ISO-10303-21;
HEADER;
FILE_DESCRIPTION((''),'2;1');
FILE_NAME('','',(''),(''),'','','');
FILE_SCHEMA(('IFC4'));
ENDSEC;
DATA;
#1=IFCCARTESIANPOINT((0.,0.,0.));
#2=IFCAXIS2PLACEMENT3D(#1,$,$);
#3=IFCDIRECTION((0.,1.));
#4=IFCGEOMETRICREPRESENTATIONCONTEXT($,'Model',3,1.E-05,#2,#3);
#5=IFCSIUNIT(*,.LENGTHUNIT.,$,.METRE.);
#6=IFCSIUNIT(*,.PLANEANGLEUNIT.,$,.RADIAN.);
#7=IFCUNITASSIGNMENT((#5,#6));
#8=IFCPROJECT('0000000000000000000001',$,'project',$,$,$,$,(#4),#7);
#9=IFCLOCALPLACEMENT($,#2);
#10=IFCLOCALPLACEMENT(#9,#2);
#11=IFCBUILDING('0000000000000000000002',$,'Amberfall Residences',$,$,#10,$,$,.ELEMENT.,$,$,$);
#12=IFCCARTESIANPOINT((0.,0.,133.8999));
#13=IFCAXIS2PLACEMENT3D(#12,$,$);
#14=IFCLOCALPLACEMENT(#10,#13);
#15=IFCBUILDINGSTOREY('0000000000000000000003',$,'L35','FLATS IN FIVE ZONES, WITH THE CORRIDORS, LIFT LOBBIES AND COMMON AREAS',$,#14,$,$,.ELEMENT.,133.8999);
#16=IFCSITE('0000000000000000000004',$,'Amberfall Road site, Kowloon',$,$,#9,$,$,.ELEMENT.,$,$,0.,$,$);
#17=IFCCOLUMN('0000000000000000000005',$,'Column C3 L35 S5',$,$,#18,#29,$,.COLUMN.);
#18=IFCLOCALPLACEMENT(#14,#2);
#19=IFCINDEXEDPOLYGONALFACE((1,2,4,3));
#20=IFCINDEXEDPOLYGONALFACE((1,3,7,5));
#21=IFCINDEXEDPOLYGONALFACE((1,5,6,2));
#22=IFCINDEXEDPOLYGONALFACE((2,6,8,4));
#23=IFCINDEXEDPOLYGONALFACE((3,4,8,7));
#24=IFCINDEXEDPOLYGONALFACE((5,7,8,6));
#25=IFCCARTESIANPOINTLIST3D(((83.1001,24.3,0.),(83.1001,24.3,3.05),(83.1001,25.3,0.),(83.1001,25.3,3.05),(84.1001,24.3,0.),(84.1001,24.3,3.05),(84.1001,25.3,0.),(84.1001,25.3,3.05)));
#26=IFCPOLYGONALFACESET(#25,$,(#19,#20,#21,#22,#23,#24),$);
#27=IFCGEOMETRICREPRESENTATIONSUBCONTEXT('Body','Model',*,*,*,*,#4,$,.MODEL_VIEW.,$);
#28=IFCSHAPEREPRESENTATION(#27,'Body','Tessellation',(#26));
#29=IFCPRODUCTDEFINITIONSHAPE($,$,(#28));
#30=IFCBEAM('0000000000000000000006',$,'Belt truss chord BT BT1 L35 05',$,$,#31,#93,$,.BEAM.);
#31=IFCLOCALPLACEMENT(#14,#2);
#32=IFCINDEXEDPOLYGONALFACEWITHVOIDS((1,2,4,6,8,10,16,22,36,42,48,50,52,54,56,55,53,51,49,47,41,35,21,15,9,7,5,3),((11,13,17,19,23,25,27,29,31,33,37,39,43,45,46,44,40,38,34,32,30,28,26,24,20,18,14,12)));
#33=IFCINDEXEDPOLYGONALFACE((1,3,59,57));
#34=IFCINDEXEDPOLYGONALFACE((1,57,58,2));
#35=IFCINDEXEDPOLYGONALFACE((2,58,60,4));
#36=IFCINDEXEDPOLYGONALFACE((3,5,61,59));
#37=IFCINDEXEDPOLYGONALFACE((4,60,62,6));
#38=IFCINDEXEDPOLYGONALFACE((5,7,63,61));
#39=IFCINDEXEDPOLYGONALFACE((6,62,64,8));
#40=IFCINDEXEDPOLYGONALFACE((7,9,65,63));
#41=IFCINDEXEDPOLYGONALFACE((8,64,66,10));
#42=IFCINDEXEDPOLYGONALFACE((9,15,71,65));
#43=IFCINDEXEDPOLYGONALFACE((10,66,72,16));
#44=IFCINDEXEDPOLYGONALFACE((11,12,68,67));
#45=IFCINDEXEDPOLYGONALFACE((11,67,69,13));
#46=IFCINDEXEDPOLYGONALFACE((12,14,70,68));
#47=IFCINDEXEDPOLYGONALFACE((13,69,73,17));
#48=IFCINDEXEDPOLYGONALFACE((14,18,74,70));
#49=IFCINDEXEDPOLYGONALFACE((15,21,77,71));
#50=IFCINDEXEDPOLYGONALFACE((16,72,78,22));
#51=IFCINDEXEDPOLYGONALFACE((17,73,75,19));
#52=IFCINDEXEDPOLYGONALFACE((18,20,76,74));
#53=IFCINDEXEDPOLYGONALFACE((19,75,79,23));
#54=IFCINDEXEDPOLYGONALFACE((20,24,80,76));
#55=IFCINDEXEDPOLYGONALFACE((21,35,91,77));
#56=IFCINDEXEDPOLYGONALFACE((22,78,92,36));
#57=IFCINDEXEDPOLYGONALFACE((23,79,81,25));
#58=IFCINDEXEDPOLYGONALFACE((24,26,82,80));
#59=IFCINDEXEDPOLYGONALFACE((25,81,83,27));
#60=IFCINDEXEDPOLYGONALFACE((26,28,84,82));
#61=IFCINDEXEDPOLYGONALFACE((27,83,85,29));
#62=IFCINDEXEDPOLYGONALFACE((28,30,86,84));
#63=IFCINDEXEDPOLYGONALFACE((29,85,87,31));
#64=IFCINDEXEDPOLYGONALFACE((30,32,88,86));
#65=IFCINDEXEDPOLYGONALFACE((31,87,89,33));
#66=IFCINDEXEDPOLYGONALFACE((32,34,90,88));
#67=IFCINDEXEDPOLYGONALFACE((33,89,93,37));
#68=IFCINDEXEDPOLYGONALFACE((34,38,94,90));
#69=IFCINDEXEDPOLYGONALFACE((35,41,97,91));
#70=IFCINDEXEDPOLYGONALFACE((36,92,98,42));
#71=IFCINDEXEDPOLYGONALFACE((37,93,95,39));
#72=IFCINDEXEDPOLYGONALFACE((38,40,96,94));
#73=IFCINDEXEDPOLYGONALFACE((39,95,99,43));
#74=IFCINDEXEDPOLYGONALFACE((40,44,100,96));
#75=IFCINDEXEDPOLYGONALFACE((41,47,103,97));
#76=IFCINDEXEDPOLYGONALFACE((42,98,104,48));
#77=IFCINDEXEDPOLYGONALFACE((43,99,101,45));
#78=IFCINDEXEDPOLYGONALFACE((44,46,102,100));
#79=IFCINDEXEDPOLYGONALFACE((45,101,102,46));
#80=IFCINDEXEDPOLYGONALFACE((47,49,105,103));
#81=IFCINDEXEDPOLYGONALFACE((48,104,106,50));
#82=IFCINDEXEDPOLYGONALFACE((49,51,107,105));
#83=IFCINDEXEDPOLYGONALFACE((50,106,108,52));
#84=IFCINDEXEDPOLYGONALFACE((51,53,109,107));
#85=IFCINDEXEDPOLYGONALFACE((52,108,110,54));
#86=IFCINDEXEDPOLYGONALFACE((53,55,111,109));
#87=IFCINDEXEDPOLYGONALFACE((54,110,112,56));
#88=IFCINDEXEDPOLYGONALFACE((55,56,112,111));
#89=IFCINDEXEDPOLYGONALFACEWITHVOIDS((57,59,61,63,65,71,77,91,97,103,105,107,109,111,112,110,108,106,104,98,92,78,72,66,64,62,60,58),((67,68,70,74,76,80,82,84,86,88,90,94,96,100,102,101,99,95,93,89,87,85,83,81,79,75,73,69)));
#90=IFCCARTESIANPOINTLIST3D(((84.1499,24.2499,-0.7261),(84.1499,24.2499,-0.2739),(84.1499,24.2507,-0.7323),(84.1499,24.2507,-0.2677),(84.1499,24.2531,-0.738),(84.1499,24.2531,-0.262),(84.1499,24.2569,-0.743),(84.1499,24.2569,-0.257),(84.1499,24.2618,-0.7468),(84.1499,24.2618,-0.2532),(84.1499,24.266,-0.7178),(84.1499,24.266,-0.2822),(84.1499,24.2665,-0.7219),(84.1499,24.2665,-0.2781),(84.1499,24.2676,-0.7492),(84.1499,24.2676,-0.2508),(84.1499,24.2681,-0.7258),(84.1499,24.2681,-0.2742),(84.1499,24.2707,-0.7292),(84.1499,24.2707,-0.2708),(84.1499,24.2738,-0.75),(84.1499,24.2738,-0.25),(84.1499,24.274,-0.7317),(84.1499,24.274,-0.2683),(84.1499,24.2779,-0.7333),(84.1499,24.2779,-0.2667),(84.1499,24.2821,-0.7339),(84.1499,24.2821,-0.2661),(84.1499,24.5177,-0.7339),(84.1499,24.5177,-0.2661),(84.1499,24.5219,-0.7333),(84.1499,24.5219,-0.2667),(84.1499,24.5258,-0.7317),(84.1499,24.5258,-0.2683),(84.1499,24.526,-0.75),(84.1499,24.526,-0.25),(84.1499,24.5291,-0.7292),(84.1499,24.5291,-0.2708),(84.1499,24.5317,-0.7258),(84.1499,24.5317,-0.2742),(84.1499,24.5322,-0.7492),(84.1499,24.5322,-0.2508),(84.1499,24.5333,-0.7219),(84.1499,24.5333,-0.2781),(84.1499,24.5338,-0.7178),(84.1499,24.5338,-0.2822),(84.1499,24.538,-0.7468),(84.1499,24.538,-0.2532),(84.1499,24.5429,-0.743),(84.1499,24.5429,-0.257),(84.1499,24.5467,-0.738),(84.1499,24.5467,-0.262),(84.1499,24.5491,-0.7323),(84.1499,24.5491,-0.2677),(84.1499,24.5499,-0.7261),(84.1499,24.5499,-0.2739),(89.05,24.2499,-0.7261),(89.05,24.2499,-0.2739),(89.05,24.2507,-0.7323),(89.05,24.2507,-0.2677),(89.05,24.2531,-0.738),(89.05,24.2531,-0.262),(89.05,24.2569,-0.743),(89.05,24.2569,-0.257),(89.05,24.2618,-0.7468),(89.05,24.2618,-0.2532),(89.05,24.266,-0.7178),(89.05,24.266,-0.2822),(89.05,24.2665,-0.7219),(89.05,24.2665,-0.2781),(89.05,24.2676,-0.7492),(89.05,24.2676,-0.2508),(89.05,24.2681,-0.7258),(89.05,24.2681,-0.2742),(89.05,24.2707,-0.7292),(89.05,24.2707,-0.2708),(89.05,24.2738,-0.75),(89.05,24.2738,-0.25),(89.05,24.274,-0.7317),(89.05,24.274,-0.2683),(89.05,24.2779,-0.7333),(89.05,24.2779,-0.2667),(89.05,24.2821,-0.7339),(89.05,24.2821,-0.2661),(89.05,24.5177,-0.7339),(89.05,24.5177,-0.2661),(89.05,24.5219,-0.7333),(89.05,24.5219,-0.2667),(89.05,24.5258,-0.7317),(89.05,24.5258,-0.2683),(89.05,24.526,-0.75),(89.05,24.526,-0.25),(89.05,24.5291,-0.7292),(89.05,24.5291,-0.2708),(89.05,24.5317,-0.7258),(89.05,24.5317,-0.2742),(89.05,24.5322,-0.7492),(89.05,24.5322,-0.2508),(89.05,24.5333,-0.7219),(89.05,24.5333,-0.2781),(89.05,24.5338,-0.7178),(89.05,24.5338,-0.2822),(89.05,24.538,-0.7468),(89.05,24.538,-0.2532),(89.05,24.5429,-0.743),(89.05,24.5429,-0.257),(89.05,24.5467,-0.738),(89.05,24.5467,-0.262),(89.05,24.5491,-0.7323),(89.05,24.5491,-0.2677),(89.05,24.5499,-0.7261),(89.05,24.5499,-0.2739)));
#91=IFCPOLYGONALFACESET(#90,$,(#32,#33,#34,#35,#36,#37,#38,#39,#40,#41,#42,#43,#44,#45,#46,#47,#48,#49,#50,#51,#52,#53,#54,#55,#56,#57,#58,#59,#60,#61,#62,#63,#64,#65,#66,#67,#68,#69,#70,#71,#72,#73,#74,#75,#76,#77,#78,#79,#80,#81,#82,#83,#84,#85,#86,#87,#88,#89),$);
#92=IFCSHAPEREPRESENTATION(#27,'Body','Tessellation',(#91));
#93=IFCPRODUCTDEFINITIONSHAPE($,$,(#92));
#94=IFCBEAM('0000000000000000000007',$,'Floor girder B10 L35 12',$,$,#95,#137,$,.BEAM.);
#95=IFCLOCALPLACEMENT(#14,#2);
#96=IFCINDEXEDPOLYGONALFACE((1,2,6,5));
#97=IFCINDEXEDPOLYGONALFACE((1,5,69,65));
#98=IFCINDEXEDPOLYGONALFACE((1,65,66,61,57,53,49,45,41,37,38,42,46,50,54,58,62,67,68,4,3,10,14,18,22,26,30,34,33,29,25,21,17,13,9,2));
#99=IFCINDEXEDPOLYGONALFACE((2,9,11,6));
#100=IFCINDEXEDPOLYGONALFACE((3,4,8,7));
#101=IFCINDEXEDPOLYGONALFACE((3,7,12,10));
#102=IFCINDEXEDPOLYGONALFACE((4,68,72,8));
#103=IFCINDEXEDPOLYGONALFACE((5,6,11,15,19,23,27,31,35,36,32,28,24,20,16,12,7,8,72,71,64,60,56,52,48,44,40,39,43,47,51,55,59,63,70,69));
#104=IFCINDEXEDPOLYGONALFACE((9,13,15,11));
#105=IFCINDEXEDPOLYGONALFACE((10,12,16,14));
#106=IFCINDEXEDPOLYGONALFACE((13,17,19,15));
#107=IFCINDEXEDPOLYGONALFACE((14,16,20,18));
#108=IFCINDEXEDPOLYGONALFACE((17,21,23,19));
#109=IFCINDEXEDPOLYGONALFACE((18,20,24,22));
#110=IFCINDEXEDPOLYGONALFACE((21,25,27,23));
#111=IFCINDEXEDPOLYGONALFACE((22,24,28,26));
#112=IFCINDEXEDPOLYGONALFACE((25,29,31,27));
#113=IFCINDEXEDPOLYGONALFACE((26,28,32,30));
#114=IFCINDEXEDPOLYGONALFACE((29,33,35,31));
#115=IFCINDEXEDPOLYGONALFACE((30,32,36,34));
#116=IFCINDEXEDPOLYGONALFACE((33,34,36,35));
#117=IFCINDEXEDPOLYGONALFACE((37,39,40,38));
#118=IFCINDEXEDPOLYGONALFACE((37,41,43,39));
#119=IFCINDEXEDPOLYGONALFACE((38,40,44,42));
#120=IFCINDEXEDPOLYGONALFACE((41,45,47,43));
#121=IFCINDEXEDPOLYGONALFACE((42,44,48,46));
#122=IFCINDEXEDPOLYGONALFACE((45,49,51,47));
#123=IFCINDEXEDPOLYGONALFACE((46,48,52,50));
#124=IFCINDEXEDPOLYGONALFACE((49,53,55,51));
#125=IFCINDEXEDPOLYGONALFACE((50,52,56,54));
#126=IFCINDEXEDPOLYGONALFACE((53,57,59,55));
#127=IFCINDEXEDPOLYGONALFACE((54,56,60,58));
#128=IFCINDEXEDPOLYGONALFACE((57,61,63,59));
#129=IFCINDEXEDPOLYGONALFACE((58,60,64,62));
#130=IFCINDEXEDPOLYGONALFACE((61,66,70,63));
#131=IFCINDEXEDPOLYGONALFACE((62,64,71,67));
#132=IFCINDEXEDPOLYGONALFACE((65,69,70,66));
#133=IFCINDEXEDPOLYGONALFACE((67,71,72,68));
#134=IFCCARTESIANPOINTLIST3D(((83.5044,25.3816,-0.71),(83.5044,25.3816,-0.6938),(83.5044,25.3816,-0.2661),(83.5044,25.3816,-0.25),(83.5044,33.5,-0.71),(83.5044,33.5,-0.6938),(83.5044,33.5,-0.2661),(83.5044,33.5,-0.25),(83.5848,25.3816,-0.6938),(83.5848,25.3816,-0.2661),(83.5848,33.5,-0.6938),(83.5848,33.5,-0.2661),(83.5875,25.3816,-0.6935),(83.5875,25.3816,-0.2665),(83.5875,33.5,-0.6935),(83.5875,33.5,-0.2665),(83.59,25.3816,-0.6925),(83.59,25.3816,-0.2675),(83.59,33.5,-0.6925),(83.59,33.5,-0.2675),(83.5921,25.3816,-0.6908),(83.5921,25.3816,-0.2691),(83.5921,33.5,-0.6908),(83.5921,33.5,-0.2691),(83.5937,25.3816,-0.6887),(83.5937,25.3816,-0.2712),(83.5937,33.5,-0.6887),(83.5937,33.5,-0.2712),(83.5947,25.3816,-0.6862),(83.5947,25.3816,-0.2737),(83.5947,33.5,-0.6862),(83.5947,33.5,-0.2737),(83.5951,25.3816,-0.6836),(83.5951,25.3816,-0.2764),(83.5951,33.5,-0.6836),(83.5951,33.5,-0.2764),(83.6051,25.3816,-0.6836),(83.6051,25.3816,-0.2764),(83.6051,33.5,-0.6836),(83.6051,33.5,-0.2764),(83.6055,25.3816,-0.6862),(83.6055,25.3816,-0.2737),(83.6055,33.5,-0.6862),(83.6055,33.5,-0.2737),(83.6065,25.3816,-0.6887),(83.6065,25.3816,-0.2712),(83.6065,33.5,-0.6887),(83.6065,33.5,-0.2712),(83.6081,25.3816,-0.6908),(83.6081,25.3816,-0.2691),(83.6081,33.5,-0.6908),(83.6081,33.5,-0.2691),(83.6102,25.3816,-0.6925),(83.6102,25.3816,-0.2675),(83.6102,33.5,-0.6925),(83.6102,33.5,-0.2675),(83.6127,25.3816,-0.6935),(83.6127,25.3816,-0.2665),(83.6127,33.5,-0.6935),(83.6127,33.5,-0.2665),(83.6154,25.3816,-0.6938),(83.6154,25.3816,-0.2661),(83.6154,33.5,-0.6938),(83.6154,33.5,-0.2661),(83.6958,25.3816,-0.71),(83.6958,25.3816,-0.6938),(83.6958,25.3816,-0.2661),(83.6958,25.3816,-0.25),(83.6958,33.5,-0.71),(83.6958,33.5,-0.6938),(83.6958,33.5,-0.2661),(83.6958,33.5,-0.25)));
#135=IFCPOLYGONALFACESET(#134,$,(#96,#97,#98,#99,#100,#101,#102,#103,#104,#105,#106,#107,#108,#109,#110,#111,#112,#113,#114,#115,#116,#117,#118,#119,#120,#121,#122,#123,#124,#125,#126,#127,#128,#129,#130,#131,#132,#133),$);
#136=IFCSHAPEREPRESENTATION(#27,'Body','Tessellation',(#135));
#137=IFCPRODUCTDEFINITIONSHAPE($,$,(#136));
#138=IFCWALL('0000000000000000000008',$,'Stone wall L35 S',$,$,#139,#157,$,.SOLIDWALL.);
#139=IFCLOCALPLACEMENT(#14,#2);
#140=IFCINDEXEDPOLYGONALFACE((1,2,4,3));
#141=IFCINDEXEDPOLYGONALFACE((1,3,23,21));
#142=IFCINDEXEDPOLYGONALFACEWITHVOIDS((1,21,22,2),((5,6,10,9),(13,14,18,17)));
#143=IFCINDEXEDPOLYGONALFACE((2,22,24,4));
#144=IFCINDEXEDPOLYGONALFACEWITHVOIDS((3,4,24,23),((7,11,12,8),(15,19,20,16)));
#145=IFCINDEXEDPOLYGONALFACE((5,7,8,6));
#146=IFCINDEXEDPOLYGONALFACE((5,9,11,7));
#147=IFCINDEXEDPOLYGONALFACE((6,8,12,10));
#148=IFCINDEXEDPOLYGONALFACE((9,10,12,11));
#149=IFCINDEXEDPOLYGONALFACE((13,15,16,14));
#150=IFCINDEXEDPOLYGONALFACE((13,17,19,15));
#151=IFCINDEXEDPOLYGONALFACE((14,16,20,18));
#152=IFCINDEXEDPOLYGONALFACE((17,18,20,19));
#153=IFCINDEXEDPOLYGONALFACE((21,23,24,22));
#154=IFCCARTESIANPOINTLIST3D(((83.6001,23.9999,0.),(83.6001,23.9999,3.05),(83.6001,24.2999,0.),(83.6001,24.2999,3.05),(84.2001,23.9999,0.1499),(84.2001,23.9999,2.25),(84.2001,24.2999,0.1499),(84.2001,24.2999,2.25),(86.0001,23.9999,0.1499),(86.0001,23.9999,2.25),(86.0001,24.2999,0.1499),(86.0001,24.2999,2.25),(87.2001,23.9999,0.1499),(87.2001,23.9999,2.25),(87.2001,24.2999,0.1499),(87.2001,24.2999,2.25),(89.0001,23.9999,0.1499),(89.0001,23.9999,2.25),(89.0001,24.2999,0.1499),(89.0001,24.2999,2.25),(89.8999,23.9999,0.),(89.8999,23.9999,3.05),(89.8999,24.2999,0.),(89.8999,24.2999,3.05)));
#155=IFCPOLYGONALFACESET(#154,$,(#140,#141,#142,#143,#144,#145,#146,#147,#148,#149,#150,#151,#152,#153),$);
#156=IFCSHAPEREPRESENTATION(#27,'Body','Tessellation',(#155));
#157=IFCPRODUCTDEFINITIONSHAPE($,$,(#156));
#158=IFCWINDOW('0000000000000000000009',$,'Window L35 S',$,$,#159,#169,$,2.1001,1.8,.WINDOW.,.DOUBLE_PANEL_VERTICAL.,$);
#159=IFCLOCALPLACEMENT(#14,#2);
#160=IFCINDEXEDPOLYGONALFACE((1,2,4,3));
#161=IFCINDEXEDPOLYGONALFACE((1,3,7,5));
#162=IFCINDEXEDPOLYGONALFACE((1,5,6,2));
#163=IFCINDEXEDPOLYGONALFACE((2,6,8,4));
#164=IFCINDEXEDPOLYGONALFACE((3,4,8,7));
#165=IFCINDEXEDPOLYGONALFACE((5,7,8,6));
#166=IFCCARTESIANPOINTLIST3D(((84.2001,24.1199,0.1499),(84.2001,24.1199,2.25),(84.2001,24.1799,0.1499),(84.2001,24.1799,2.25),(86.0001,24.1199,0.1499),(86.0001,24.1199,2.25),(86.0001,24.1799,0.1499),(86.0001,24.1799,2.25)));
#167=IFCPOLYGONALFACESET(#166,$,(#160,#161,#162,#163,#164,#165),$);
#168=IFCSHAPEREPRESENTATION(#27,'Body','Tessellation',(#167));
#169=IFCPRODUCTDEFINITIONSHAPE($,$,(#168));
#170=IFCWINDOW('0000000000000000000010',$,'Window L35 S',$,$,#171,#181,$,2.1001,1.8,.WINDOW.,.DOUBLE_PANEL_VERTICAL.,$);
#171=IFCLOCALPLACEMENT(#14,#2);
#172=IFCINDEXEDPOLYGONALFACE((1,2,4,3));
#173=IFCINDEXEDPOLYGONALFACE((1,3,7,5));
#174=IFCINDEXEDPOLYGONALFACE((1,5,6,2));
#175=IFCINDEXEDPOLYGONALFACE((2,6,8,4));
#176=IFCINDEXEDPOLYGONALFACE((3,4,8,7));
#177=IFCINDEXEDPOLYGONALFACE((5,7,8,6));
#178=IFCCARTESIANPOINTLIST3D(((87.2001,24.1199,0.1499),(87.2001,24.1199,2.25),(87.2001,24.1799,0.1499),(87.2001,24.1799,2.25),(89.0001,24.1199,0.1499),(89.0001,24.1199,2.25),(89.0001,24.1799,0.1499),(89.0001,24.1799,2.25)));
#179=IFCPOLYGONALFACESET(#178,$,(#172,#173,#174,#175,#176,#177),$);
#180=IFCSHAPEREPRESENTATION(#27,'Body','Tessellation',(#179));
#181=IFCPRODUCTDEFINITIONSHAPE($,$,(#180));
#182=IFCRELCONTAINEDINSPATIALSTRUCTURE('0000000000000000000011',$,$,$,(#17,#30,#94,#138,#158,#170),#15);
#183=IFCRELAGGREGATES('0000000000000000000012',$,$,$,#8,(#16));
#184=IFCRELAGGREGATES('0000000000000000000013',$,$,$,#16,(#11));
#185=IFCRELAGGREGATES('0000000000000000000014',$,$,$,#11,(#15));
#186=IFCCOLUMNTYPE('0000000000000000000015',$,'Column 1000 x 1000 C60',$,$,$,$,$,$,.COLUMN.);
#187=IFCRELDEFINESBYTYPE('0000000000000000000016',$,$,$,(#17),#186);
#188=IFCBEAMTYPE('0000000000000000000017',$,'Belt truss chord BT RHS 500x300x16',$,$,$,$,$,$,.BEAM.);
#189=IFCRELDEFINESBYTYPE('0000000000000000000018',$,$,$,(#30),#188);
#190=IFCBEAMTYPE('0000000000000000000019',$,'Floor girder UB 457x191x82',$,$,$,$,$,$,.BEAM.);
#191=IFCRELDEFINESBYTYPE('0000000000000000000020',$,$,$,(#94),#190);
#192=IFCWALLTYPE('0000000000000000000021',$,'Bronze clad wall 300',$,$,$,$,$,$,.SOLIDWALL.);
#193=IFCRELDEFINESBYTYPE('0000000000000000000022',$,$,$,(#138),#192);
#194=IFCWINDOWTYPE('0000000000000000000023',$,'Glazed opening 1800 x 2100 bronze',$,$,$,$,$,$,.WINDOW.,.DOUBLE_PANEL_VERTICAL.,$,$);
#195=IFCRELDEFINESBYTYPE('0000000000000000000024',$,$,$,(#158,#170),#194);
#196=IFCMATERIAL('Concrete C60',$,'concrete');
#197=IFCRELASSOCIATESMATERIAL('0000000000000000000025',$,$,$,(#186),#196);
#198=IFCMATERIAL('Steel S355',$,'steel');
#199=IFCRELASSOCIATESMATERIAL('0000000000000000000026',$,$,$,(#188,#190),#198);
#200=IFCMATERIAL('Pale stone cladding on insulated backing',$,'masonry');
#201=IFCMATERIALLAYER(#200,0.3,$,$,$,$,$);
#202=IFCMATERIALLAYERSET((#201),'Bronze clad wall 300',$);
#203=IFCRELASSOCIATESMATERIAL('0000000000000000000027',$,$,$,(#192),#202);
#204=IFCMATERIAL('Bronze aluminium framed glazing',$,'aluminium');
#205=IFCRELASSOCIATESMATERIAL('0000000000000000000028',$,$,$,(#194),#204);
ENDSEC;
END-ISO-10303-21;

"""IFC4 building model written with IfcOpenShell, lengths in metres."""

from ifc_helpers import new_model, si_unit, direction, frame, frame_2d, origin, origin_2d, place, context, subcontext, project, spatial, rectangle, hollow_rectangle, i_section, extrude, material, layer, layer_set, material_profile, profile_set, type_object, element, fill, save


model = new_model("IFC4")

# Units and contexts
model_context = context("Model", 3, precision=1e-05, world=origin(), true_north=direction((0.0, 1.0)))
body_context = subcontext(model_context, "Body", "Model", "MODEL_VIEW")
ifc_project = project(units=[si_unit("LENGTHUNIT", "METRE"), si_unit("PLANEANGLEUNIT", "RADIAN")], contexts=[model_context])

# Site, building, storey
site_placement = place(None, origin())
site = spatial("IfcSite", under=ifc_project, at=site_placement, Name="Amberfall Road site, Kowloon", CompositionType="ELEMENT", RefElevation=0.0)
building_placement = place(site_placement, origin())
building = spatial("IfcBuilding", under=site, at=building_placement, Name="Amberfall Residences", CompositionType="ELEMENT")
storey_placement = place(building_placement, frame((0.0, 0.0, 133.8999)))
storey = spatial("IfcBuildingStorey", under=building, at=storey_placement, Name="L35", Description="FLATS IN FIVE ZONES, WITH THE CORRIDORS, LIFT LOBBIES AND COMMON AREAS", CompositionType="ELEMENT", Elevation=133.8999)

# Column
ifc_material_1 = material(Name="Concrete C60", Category="concrete")
ifc_material_profile_1 = material_profile(ifc_material_1, rectangle(XDim=1.0, YDim=1.0, at=origin_2d()), Name="Column 1000 x 1000 C60")
ifc_profile_set_1 = profile_set([ifc_material_profile_1], Name="Concrete C60")
column_type = type_object("IfcColumnType", Name="Column 1000 x 1000 C60", PredefinedType="COLUMN", material=ifc_profile_set_1)
column_placement = place(storey_placement, frame((83.6001, 24.8, 0.0), z_axis=(0.0, 0.0, 1.0), x_axis=(1.0, 0.0, 0.0)))
element("IfcColumn", 1, at=column_placement, inside=storey, type_object=column_type, Name="Column C3 L35 S5", PredefinedType="COLUMN", context=body_context, shape_type="SweptSolid", body=[
    extrude(rectangle(XDim=1.0, YDim=1.0, at=origin_2d()), origin(), (0.0, 0.0, 1.0), 3.05),
])

# Beams
ifc_material_2 = material(Name="Steel S355", Category="steel")
ifc_material_profile_2 = material_profile(ifc_material_2, hollow_rectangle(XDim=0.3, YDim=0.5, WallThickness=0.0161, InnerFilletRadius=0.0161, OuterFilletRadius=0.0239, at=origin_2d()), Name="RHS 500x300x16")
ifc_profile_set_2 = profile_set([ifc_material_profile_2], Name="Steel S355")
beam_type_1 = type_object("IfcBeamType", Name="Belt truss chord BT RHS 500x300x16", PredefinedType="BEAM", material=ifc_profile_set_2)
beam_1_placement = place(storey_placement, frame((84.1499, 24.3999, -0.5), z_axis=(1.0, 0.0, 0.0), x_axis=(0.0, 1.0, 0.0)))
element("IfcBeam", 2, at=beam_1_placement, inside=storey, type_object=beam_type_1, Name="Belt truss chord BT BT1 L35 05", PredefinedType="BEAM", context=body_context, shape_type="SweptSolid", body=[
    extrude(hollow_rectangle(XDim=0.3, YDim=0.5, WallThickness=0.0161, InnerFilletRadius=0.0161, OuterFilletRadius=0.0239, at=origin_2d()), origin(), (0.0, 0.0, 1.0), 4.9001),
])
ifc_material_profile_3 = material_profile(ifc_material_2, i_section(OverallWidth=0.1914, OverallDepth=0.46, WebThickness=0.01, FlangeThickness=0.0161, FilletRadius=0.0103, at=origin_2d()), Name="UB 457x191x82")
ifc_profile_set_3 = profile_set([ifc_material_profile_3], Name="Steel S355")
beam_type_2 = type_object("IfcBeamType", Name="Floor girder UB 457x191x82", PredefinedType="BEAM", material=ifc_profile_set_3)
beam_2_placement = place(storey_placement, frame((83.6001, 25.3816, -0.48), z_axis=(0.0, 1.0, 0.0), x_axis=(-1.0, 0.0, 0.0)))
element("IfcBeam", 3, at=beam_2_placement, inside=storey, type_object=beam_type_2, Name="Floor girder B10 L35 12", PredefinedType="BEAM", context=body_context, shape_type="SweptSolid", body=[
    extrude(i_section(OverallWidth=0.1914, OverallDepth=0.46, WebThickness=0.01, FlangeThickness=0.0161, FilletRadius=0.0103, at=origin_2d()), origin(), (0.0, 0.0, 1.0), 8.1184),
])

# Wall, openings, windows
ifc_material_3 = material(Name="Pale stone cladding on insulated backing", Category="masonry")
ifc_layer_1 = layer(ifc_material_3, 0.3)
ifc_layer_set_1 = layer_set([ifc_layer_1], Name="Bronze clad wall 300")
wall_type_1 = type_object("IfcWallType", Name="Bronze clad wall 300", PredefinedType="SOLIDWALL", material=ifc_layer_set_1)
wall_1_placement = place(storey_placement, frame((83.6001, 24.1499, 0.0), z_axis=(0.0, 0.0, 1.0), x_axis=(1.0, 0.0, 0.0)))
wall_1 = element("IfcWall", 4, at=wall_1_placement, inside=storey, type_object=wall_type_1, Name="Stone wall L35 S", PredefinedType="SOLIDWALL", context=body_context, shape_type="SweptSolid", body=[
    extrude(rectangle(XDim=6.2998, YDim=0.3, at=frame_2d((3.1499, 0.0))), origin(), (0.0, 0.0, 1.0), 3.05),
])
opening_1_placement = place(wall_1_placement, frame((0.6001, 0.0, 0.1499)))
opening_1 = element("IfcOpeningElement", 5, at=opening_1_placement, cuts=wall_1, PredefinedType="OPENING", context=body_context, shape_type="SweptSolid", body=[
    extrude(rectangle(XDim=1.8, YDim=2.1001, at=frame_2d((0.8999, 1.05))), frame((0.0, 0.1599, 0.0), z_axis=(0.0, -1.0, 0.0), x_axis=(1.0, 0.0, 0.0)), (0.0, 0.0, 1.0), 0.3201),
])
opening_2_placement = place(wall_1_placement, frame((3.6001, 0.0, 0.1499)))
opening_2 = element("IfcOpeningElement", 6, at=opening_2_placement, cuts=wall_1, PredefinedType="OPENING", context=body_context, shape_type="SweptSolid", body=[
    extrude(rectangle(XDim=1.8, YDim=2.1001, at=frame_2d((0.8999, 1.05))), frame((0.0, 0.1599, 0.0), z_axis=(0.0, -1.0, 0.0), x_axis=(1.0, 0.0, 0.0)), (0.0, 0.0, 1.0), 0.3201),
])
ifc_material_4 = material(Name="Bronze aluminium framed glazing", Category="aluminium")
window_type = type_object("IfcWindowType", Name="Glazed opening 1800 x 2100 bronze", PartitioningType="DOUBLE_PANEL_VERTICAL", PredefinedType="WINDOW", material=ifc_material_4)
window_1_placement = place(opening_1_placement, origin())
window_1 = element("IfcWindow", 7, at=window_1_placement, inside=storey, type_object=window_type, Name="Window L35 S", OverallHeight=2.1001, OverallWidth=1.8, PartitioningType="DOUBLE_PANEL_VERTICAL", PredefinedType="WINDOW", context=body_context, shape_type="SweptSolid", body=[
    extrude(rectangle(XDim=1.8, YDim=2.1001, at=frame_2d((0.8999, 1.05))), frame((0.0, 0.03, 0.0), z_axis=(0.0, -1.0, 0.0), x_axis=(1.0, 0.0, 0.0)), (0.0, 0.0, 1.0), 0.0601),
])
fill(opening_1, window_1)
window_2_placement = place(opening_2_placement, origin())
window_2 = element("IfcWindow", 8, at=window_2_placement, inside=storey, type_object=window_type, Name="Window L35 S", OverallHeight=2.1001, OverallWidth=1.8, PartitioningType="DOUBLE_PANEL_VERTICAL", PredefinedType="WINDOW", context=body_context, shape_type="SweptSolid", body=[
    extrude(rectangle(XDim=1.8, YDim=2.1001, at=frame_2d((0.8999, 1.05))), frame((0.0, 0.03, 0.0), z_axis=(0.0, -1.0, 0.0), x_axis=(1.0, 0.0, 0.0)), (0.0, 0.0, 1.0), 0.0601),
])
fill(opening_2, window_2)

save(model, "model.ifc")
